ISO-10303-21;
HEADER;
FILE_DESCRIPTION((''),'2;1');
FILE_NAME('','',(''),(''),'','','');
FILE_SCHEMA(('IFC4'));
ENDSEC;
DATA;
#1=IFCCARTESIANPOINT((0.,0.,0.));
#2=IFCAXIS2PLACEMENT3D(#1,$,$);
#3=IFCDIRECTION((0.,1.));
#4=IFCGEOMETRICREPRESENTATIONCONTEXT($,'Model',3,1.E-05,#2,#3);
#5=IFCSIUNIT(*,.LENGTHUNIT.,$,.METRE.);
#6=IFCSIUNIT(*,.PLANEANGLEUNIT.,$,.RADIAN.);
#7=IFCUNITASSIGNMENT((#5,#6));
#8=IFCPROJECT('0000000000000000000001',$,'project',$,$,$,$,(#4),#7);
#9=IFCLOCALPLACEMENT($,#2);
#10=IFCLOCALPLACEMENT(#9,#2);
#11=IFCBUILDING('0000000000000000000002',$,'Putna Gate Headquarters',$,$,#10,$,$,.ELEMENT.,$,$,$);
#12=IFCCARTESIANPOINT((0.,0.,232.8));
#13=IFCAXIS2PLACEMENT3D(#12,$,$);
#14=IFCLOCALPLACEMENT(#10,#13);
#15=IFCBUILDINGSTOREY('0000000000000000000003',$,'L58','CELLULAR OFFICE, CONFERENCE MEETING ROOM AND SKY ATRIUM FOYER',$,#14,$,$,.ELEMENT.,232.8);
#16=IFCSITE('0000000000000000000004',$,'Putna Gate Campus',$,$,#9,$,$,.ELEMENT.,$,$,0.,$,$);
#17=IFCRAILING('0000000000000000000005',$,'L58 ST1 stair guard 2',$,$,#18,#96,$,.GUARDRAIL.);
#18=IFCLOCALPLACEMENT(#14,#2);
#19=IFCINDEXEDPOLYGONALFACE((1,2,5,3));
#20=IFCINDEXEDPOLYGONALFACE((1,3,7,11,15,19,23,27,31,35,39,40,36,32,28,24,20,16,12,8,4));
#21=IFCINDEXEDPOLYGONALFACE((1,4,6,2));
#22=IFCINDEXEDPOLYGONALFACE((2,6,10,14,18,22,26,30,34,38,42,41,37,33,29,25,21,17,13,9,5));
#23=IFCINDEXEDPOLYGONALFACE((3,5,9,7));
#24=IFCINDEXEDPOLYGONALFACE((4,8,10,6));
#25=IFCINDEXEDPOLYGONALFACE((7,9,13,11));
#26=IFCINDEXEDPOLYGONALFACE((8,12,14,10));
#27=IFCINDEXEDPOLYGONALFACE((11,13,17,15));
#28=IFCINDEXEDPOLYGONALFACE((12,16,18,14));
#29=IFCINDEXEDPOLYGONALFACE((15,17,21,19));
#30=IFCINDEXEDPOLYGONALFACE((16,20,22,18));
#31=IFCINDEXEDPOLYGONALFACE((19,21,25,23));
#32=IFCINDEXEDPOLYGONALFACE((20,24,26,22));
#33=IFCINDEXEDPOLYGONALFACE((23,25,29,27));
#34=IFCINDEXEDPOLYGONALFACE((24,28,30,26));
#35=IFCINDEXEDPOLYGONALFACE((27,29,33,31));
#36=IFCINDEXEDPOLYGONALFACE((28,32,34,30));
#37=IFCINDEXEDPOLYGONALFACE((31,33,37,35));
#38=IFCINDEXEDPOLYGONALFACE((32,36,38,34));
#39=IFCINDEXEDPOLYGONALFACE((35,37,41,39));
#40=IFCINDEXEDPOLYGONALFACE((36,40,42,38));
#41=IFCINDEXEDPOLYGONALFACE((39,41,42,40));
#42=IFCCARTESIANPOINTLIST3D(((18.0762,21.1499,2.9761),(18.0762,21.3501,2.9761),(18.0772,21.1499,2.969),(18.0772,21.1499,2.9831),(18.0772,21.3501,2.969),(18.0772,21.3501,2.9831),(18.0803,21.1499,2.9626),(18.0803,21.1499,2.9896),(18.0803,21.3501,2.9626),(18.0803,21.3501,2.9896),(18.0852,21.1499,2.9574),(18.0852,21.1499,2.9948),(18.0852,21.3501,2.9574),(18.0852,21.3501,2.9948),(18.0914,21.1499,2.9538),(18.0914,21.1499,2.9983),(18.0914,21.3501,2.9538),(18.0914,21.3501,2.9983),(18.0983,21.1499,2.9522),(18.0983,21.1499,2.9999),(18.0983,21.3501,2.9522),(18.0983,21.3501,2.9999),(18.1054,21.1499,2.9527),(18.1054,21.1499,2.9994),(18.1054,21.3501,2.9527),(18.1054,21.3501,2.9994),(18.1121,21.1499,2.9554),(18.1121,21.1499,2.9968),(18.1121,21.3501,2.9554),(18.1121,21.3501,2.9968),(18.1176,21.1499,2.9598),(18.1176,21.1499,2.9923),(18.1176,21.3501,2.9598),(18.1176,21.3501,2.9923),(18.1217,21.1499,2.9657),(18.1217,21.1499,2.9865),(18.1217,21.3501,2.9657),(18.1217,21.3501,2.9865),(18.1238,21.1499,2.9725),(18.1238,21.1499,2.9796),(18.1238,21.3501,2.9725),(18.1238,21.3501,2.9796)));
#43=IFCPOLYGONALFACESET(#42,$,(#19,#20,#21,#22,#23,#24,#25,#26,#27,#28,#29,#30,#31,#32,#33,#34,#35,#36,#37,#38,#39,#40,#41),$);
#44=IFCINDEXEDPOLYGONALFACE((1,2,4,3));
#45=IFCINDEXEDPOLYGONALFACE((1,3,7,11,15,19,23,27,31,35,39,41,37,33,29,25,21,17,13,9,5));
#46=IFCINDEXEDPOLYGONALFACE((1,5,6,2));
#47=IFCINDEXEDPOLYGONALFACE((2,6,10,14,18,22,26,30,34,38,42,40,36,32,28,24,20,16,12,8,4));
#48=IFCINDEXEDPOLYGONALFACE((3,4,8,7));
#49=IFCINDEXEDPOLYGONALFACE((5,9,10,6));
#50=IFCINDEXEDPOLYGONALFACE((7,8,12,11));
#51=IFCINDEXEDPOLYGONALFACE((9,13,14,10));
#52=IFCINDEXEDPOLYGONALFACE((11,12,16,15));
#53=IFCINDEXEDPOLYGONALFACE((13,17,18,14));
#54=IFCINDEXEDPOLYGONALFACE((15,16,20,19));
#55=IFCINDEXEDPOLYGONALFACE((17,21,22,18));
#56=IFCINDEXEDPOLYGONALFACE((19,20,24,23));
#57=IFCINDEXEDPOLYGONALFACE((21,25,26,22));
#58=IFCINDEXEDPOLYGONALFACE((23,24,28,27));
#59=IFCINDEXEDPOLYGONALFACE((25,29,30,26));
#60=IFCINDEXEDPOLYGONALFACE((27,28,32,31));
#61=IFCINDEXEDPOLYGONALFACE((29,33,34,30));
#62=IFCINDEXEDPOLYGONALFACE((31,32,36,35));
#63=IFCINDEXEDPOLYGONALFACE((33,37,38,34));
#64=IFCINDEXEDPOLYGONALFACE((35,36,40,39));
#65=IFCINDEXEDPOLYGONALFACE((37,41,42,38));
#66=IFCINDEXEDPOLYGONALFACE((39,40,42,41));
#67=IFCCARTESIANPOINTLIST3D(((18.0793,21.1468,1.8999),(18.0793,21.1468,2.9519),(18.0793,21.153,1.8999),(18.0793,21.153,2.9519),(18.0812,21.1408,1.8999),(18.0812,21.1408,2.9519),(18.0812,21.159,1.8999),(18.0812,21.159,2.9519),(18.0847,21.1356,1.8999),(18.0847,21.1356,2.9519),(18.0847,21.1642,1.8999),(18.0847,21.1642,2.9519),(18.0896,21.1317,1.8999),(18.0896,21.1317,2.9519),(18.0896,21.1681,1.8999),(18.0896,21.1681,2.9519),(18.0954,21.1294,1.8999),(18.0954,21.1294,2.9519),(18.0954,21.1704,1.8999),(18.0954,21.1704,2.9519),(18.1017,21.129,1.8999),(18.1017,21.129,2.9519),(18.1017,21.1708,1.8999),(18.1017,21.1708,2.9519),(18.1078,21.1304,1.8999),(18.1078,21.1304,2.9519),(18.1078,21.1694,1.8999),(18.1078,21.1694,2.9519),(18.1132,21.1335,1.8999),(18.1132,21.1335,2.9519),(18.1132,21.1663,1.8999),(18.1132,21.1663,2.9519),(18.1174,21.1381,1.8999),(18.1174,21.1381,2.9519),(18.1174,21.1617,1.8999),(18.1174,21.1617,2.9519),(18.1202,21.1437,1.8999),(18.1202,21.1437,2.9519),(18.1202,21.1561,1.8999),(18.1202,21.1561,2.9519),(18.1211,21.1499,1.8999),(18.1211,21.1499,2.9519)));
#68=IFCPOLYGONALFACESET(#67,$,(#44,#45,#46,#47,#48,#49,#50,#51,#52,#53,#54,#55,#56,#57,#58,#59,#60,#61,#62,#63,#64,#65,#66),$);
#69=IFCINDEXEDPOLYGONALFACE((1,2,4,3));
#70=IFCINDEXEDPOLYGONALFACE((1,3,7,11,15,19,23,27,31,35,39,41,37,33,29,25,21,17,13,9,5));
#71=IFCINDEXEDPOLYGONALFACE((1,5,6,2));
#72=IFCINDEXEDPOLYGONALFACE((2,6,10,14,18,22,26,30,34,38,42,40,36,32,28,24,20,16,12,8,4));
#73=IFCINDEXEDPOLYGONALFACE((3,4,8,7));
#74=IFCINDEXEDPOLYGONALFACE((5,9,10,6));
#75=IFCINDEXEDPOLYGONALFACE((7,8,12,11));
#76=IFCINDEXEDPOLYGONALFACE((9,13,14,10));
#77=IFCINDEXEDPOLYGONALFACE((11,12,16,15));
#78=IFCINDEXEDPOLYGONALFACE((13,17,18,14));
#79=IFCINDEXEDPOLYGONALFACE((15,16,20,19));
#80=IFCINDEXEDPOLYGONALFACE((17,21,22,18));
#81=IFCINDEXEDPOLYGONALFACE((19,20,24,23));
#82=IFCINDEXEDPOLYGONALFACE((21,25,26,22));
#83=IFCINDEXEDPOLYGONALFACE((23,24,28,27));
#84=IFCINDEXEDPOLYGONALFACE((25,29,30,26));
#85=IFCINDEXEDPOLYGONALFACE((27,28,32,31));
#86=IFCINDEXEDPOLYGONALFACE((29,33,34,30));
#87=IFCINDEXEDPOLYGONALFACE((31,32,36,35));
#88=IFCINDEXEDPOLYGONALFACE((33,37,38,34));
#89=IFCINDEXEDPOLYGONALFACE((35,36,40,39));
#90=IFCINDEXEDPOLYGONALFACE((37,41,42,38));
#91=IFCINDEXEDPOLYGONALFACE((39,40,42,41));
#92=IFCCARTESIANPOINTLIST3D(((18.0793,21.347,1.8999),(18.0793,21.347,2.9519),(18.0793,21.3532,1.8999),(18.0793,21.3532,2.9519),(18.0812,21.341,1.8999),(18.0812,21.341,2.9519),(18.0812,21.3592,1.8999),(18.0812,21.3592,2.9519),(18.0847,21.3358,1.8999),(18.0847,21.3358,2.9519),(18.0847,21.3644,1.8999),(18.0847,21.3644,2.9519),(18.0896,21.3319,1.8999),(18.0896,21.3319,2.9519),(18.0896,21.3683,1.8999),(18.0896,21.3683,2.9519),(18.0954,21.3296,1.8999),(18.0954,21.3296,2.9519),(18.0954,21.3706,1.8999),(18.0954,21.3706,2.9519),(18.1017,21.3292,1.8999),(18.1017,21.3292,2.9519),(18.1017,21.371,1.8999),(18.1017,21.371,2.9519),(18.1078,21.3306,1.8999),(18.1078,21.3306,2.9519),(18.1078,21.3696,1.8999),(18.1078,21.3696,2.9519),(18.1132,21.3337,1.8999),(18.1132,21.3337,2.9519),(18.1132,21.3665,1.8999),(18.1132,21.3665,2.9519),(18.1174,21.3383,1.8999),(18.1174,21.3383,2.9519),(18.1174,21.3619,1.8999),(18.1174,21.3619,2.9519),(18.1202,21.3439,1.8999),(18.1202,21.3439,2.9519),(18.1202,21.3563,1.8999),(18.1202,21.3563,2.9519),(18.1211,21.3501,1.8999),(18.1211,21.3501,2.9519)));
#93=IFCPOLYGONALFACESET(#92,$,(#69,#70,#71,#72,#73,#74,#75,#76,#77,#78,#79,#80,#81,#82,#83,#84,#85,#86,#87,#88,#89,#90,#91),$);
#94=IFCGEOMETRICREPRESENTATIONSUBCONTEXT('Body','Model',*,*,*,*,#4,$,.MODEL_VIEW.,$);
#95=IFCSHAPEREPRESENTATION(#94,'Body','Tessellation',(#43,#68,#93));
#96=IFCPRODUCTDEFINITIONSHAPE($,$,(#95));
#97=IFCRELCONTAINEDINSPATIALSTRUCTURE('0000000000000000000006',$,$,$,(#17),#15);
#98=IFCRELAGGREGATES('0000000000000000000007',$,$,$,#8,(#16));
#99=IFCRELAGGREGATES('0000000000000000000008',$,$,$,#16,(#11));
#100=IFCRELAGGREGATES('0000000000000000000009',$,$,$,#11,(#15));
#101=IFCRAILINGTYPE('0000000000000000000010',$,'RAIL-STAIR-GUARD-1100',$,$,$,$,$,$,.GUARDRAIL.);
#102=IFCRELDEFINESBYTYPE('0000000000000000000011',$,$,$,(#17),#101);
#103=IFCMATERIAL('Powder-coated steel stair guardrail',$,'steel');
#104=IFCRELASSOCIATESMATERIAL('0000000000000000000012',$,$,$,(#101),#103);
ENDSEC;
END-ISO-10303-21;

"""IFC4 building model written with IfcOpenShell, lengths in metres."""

from ifc_helpers import new_model, si_unit, direction, frame, origin, origin_2d, place, context, subcontext, project, spatial, circle, extrude, material, type_object, element, save


model = new_model("IFC4")

# Units and contexts
model_context = context("Model", 3, precision=1e-05, world=origin(), true_north=direction((0.0, 1.0)))
body_context = subcontext(model_context, "Body", "Model", "MODEL_VIEW")
ifc_project = project(units=[si_unit("LENGTHUNIT", "METRE"), si_unit("PLANEANGLEUNIT", "RADIAN")], contexts=[model_context])

# Site, building, storey
site_placement = place(None, origin())
site = spatial("IfcSite", under=ifc_project, at=site_placement, Name="Putna Gate Campus", CompositionType="ELEMENT", RefElevation=0.0)
building_placement = place(site_placement, origin())
building = spatial("IfcBuilding", under=site, at=building_placement, Name="Putna Gate Headquarters", CompositionType="ELEMENT")
storey_placement = place(building_placement, frame((0.0, 0.0, 232.8)))
storey = spatial("IfcBuildingStorey", under=building, at=storey_placement, Name="L58", Description="CELLULAR OFFICE, CONFERENCE MEETING ROOM AND SKY ATRIUM FOYER", CompositionType="ELEMENT", Elevation=232.8)

# Railing
ifc_material_1 = material(Name="Powder-coated steel stair guardrail", Category="steel")
railing_type = type_object("IfcRailingType", Name="RAIL-STAIR-GUARD-1100", PredefinedType="GUARDRAIL", material=ifc_material_1)
railing_1_placement = place(storey_placement, frame((18.1001, 21.1499, 1.8999)))
element("IfcRailing", 1, at=railing_1_placement, inside=storey, type_object=railing_type, Name="L58 ST1 stair guard 2", PredefinedType="GUARDRAIL", context=body_context, shape_type="SweptSolid", body=[
    extrude(circle(Radius=0.0239, at=origin_2d()), frame((0.0, 0.0, 1.0762), z_axis=(0.0, 1.0, 0.0), x_axis=(-1.0, 0.0, 0.0)), (0.0, 0.0, 1.0), 0.2002),
    extrude(circle(Radius=0.021, at=origin_2d()), origin(), (0.0, 0.0, 1.0), 1.052),
    extrude(circle(Radius=0.021, at=origin_2d()), frame((0.0, 0.2002, 0.0)), (0.0, 0.0, 1.0), 1.052),
])

save(model, "model.ifc")
